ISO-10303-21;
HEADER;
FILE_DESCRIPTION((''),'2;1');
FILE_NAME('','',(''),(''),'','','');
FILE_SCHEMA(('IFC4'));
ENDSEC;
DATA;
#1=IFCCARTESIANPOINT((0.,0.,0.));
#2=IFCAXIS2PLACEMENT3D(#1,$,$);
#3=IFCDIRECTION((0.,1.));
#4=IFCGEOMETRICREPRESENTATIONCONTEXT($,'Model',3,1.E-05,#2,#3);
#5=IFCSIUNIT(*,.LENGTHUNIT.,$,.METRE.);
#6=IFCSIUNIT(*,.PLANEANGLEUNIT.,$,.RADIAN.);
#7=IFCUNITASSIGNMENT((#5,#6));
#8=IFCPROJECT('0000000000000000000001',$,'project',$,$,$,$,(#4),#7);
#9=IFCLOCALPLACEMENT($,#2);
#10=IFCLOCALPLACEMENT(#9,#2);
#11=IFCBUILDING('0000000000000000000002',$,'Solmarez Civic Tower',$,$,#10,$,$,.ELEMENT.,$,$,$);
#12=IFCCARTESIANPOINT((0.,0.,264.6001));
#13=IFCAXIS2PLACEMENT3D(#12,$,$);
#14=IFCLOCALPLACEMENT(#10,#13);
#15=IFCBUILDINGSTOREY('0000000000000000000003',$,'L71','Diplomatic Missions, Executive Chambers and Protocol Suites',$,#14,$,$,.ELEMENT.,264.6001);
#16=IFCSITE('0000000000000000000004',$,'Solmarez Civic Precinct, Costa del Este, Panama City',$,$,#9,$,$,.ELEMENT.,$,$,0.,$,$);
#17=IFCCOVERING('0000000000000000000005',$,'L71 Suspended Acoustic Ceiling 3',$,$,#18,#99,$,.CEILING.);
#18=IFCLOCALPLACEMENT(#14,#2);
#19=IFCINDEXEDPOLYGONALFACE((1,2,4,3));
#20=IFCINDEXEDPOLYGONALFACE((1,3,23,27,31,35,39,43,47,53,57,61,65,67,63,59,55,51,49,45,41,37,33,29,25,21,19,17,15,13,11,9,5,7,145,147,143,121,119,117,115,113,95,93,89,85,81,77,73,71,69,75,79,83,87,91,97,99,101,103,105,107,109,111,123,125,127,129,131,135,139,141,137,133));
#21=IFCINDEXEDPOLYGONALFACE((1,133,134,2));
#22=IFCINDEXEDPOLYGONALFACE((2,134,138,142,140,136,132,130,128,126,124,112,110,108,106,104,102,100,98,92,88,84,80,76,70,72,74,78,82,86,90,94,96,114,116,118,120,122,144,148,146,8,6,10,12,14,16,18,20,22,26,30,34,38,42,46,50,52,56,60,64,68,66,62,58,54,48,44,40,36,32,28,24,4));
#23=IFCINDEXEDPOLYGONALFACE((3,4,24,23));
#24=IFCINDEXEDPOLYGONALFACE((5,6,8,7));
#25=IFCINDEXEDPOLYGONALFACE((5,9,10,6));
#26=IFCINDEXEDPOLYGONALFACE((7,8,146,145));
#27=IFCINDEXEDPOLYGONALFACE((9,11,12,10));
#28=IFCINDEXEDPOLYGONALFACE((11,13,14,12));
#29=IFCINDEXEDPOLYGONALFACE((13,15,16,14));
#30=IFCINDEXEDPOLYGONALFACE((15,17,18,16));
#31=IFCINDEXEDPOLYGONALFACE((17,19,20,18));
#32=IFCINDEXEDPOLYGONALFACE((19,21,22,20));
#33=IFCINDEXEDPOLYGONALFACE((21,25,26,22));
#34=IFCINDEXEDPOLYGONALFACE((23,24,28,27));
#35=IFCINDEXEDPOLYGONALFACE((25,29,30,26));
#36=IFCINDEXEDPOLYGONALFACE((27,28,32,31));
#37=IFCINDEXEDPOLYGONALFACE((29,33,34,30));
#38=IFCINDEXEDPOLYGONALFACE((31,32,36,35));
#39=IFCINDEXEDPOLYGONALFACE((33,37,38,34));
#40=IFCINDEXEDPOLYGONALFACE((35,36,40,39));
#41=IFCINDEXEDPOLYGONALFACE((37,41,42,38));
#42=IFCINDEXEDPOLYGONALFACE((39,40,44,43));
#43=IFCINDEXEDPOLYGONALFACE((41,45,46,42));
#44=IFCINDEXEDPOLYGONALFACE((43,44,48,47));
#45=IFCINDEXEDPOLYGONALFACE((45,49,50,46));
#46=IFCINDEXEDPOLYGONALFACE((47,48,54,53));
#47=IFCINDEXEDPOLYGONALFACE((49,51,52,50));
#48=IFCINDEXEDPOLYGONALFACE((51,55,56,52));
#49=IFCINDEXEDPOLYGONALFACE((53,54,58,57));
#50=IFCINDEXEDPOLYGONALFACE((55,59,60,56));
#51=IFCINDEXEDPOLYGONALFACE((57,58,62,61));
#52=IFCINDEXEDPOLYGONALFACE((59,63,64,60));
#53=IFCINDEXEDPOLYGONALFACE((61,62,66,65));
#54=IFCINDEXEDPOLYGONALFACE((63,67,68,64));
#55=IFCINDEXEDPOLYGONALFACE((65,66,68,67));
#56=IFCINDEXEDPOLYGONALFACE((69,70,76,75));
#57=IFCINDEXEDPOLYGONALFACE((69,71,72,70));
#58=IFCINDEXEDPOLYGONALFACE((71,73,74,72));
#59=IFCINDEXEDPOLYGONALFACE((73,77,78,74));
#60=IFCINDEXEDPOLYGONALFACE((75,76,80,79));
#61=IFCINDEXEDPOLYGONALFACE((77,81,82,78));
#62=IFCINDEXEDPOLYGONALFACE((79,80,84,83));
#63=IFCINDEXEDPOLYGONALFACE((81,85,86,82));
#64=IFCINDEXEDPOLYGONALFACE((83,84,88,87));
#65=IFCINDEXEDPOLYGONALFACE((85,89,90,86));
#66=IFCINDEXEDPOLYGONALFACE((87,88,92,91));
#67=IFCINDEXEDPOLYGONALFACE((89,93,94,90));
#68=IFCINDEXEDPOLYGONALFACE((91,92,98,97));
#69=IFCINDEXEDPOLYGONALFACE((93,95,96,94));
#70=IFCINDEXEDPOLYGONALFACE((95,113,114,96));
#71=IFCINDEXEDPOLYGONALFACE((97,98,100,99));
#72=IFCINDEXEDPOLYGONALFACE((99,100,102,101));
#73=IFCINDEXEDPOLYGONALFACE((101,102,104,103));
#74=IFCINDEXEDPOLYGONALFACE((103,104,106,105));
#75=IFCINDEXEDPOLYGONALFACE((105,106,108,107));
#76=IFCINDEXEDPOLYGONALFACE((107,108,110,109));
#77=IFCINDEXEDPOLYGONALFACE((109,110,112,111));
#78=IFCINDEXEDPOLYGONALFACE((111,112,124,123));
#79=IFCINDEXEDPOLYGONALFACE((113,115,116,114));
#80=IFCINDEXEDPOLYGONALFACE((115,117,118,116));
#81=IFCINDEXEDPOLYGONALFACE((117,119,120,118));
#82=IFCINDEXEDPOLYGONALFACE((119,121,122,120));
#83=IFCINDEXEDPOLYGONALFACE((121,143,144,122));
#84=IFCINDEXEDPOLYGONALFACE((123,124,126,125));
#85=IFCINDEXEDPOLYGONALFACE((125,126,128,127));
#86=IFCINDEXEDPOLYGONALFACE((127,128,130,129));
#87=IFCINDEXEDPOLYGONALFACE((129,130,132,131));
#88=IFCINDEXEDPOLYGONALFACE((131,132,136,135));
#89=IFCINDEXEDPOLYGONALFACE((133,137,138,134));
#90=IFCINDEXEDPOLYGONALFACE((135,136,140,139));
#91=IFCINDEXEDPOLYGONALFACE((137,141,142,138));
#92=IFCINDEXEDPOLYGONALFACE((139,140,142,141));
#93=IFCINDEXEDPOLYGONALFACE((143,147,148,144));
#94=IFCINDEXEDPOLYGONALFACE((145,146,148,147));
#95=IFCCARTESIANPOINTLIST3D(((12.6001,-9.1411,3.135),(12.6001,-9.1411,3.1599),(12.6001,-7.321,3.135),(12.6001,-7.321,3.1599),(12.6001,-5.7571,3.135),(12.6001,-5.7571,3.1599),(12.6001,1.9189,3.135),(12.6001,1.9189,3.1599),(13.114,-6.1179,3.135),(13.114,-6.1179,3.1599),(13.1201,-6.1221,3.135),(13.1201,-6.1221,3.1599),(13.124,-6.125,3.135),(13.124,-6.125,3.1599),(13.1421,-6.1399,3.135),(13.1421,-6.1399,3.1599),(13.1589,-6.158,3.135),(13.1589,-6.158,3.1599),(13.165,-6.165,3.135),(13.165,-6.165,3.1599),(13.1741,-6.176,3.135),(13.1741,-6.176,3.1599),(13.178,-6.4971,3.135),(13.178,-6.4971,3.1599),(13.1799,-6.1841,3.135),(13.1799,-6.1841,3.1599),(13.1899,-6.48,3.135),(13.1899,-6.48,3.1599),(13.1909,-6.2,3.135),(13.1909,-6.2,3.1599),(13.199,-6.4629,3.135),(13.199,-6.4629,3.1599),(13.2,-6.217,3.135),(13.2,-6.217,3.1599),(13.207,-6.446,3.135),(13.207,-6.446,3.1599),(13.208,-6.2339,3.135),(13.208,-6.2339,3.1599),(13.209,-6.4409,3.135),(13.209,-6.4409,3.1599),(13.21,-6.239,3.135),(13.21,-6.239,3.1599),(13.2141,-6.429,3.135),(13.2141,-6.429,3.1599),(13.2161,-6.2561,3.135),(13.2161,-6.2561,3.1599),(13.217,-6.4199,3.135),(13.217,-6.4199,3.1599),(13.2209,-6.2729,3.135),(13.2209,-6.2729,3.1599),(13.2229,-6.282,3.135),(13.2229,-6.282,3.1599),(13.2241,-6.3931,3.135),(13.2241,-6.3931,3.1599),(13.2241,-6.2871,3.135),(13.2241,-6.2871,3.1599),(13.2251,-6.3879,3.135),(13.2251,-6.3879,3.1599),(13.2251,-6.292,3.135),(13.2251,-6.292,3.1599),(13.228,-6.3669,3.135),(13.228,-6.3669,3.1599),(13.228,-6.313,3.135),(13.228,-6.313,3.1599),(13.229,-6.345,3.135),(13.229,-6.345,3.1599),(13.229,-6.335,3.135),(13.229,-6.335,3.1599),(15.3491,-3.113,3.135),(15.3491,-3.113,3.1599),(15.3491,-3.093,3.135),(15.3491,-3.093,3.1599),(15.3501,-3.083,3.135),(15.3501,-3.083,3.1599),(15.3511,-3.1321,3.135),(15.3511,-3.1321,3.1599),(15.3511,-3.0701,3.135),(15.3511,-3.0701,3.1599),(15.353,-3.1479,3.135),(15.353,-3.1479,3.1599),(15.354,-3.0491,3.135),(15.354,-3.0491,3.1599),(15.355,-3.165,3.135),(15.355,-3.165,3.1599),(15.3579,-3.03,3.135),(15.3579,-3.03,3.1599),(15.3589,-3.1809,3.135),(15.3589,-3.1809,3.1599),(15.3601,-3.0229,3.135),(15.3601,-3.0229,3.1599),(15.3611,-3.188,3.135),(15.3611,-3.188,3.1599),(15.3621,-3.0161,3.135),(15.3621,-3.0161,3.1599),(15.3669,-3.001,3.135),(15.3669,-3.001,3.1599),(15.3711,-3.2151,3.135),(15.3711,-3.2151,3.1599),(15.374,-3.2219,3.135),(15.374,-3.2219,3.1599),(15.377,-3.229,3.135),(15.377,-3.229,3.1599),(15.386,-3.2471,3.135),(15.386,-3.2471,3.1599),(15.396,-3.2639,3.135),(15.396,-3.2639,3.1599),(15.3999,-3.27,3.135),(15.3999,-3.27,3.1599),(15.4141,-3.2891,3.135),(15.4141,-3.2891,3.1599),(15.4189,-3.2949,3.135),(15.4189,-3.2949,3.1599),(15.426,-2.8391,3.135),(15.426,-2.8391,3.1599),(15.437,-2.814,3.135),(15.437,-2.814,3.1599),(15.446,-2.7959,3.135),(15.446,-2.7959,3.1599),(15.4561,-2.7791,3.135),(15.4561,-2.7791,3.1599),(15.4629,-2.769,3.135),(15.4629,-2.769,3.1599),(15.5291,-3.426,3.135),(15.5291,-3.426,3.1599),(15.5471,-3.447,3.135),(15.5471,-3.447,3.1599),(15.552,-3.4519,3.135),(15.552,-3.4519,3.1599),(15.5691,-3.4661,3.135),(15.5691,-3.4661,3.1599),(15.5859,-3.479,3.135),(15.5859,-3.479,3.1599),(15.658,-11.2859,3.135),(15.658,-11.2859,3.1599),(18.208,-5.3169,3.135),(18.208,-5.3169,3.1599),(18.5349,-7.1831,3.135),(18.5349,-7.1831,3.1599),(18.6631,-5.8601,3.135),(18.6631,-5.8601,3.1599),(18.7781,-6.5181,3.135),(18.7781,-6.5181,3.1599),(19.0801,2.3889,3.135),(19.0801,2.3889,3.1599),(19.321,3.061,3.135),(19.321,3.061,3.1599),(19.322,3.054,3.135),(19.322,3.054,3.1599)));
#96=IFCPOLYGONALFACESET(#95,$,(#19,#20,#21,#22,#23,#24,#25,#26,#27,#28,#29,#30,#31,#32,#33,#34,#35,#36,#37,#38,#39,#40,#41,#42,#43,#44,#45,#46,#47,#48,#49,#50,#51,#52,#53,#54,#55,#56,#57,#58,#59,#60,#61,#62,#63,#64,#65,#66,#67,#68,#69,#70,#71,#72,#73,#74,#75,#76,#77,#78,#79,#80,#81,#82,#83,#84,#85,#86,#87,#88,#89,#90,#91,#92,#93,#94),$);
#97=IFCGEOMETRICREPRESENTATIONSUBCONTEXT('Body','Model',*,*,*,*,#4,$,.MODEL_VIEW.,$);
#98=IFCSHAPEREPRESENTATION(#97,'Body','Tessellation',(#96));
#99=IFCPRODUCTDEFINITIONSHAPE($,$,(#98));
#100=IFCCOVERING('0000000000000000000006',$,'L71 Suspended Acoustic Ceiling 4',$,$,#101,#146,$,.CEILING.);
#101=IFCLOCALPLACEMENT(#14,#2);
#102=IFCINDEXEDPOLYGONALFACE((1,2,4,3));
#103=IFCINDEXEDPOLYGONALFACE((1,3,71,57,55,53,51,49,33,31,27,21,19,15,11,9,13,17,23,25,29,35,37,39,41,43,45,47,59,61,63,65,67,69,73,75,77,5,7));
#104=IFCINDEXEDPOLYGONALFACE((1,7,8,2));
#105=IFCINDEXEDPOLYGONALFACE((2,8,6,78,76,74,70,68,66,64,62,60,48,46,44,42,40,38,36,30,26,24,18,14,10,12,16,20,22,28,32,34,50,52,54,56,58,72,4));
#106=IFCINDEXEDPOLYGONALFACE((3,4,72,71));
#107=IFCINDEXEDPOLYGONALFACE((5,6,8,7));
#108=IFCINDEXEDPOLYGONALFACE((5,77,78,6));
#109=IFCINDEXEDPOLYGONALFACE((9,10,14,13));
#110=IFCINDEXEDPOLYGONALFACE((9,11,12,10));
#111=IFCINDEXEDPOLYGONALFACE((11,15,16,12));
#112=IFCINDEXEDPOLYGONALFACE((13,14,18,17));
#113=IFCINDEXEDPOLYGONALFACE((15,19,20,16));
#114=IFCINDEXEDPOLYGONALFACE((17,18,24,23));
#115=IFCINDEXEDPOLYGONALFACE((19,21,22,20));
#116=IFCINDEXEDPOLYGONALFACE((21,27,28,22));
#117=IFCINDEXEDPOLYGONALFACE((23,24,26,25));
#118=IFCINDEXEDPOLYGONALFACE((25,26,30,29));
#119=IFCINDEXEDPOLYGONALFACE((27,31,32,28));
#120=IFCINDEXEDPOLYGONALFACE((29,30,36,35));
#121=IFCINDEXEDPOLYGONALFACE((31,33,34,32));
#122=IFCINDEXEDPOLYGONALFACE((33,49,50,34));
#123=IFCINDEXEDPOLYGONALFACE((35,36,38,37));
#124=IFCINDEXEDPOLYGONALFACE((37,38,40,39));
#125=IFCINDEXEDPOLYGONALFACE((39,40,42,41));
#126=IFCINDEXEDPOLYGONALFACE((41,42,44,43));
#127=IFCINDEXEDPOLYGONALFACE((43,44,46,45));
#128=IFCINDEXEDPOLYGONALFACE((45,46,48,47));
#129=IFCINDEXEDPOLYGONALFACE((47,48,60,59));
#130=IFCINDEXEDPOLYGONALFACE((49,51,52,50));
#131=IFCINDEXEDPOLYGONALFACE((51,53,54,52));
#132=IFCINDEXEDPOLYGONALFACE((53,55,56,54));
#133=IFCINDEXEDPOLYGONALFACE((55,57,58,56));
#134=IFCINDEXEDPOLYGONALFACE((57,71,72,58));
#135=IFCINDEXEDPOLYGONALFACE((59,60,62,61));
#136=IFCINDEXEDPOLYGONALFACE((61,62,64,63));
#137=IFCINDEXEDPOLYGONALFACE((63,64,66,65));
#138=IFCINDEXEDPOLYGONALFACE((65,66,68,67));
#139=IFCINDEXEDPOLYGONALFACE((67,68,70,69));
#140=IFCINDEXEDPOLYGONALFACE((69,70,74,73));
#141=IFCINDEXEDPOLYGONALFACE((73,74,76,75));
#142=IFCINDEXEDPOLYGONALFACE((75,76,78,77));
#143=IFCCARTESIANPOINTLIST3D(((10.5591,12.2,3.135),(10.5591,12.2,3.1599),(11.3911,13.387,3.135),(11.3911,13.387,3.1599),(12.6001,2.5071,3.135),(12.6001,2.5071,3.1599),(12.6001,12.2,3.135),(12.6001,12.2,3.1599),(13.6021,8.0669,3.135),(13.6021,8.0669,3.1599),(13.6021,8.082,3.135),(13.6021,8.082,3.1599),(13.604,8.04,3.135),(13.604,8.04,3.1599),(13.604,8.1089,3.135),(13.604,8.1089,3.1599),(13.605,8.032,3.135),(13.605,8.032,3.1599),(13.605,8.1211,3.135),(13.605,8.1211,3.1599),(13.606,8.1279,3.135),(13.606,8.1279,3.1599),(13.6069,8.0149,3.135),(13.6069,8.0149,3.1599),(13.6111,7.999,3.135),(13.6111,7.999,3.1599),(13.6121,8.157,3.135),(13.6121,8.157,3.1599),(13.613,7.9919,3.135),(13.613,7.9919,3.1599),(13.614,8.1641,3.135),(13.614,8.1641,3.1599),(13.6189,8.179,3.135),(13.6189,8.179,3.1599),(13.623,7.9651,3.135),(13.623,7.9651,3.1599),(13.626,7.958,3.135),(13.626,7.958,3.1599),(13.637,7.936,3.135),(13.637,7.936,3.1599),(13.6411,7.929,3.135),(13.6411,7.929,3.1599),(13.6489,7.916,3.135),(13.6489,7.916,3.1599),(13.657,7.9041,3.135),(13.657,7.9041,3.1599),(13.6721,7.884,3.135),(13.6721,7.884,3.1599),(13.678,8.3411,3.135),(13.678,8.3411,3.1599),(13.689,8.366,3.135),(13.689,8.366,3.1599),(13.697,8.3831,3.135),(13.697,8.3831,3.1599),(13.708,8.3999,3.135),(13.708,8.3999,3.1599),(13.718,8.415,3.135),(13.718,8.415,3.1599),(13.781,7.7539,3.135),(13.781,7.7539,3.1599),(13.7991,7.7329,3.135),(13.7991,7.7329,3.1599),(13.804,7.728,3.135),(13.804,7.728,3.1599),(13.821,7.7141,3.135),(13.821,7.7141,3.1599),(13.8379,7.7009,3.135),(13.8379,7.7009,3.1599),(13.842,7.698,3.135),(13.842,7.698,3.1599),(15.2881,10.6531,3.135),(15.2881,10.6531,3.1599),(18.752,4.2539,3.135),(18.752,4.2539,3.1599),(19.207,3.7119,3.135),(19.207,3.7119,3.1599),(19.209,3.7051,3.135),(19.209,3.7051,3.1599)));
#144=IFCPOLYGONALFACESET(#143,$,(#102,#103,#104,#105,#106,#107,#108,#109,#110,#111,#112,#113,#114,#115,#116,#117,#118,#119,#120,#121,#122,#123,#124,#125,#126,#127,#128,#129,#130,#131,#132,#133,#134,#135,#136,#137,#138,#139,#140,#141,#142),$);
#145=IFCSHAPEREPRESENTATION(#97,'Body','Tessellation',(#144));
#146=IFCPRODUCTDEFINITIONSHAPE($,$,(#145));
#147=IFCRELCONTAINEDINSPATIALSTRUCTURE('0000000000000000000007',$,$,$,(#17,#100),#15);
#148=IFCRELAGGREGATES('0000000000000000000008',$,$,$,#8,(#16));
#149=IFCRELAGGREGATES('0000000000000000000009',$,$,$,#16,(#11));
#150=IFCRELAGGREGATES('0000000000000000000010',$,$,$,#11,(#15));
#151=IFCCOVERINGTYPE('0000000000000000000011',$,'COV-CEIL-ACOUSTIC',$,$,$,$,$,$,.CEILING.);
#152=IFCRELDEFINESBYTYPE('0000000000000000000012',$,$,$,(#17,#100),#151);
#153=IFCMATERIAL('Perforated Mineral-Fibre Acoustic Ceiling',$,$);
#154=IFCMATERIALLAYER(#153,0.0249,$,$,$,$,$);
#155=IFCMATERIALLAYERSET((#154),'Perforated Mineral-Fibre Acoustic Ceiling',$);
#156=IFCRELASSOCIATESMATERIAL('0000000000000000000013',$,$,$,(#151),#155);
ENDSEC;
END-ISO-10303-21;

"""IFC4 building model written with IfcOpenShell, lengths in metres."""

from ifc_helpers import new_model, si_unit, direction, frame, origin, place, context, subcontext, project, spatial, polyline, outline, extrude, material, layer, layer_set, type_object, element, save


model = new_model("IFC4")

# Units and contexts
model_context = context("Model", 3, precision=1e-05, world=origin(), true_north=direction((0.0, 1.0)))
body_context = subcontext(model_context, "Body", "Model", "MODEL_VIEW")
ifc_project = project(units=[si_unit("LENGTHUNIT", "METRE"), si_unit("PLANEANGLEUNIT", "RADIAN")], contexts=[model_context])

# Site, building, storey
site_placement = place(None, origin())
site = spatial("IfcSite", under=ifc_project, at=site_placement, Name="Solmarez Civic Precinct, Costa del Este, Panama City", CompositionType="ELEMENT", RefElevation=0.0)
building_placement = place(site_placement, origin())
building = spatial("IfcBuilding", under=site, at=building_placement, Name="Solmarez Civic Tower", CompositionType="ELEMENT")
storey_placement = place(building_placement, frame((0.0, 0.0, 264.6001)))
storey = spatial("IfcBuildingStorey", under=building, at=storey_placement, Name="L71", Description="Diplomatic Missions, Executive Chambers and Protocol Suites", CompositionType="ELEMENT", Elevation=264.6001)

# Coverings
ifc_material_1 = material(Name="Perforated Mineral-Fibre Acoustic Ceiling")
ifc_layer_1 = layer(ifc_material_1, 0.0249)
ifc_layer_set_1 = layer_set([ifc_layer_1], Name="Perforated Mineral-Fibre Acoustic Ceiling")
covering_type_1 = type_object("IfcCoveringType", Name="COV-CEIL-ACOUSTIC", PredefinedType="CEILING", material=ifc_layer_set_1)
covering_1_placement = place(storey_placement, frame((0.0, 0.0, 3.135)))
element("IfcCovering", 1, at=covering_1_placement, inside=storey, type_object=covering_type_1, Name="L71 Suspended Acoustic Ceiling 3", PredefinedType="CEILING", context=body_context, shape_type="SweptSolid", body=[
    extrude(outline(polyline([(12.6001, 1.9189), (12.6001, -5.7571), (13.114, -6.1179), (13.1201, -6.1221), (13.124, -6.125), (13.1421, -6.1399), (13.1589, -6.158), (13.165, -6.165), (13.1741, -6.176), (13.1799, -6.1841), (13.1909, -6.2), (13.2, -6.217), (13.208, -6.2339), (13.21, -6.239), (13.2161, -6.2561), (13.2209, -6.2729), (13.2229, -6.282), (13.2241, -6.2871), (13.2251, -6.292), (13.228, -6.313), (13.229, -6.335), (13.229, -6.345), (13.228, -6.3669), (13.2251, -6.3879), (13.2241, -6.3931), (13.217, -6.4199), (13.2141, -6.429), (13.209, -6.4409), (13.207, -6.446), (13.199, -6.4629), (13.1899, -6.48), (13.178, -6.4971), (12.6001, -7.321), (12.6001, -9.1411), (15.658, -11.2859), (18.5349, -7.1831), (18.7781, -6.5181), (18.6631, -5.8601), (18.208, -5.3169), (15.5859, -3.479), (15.5691, -3.4661), (15.552, -3.4519), (15.5471, -3.447), (15.5291, -3.426), (15.4189, -3.2949), (15.4141, -3.2891), (15.3999, -3.27), (15.396, -3.2639), (15.386, -3.2471), (15.377, -3.229), (15.374, -3.2219), (15.3711, -3.2151), (15.3611, -3.188), (15.3589, -3.1809), (15.355, -3.165), (15.353, -3.1479), (15.3511, -3.1321), (15.3491, -3.113), (15.3491, -3.093), (15.3501, -3.083), (15.3511, -3.0701), (15.354, -3.0491), (15.3579, -3.03), (15.3601, -3.0229), (15.3621, -3.0161), (15.3669, -3.001), (15.426, -2.8391), (15.437, -2.814), (15.446, -2.7959), (15.4561, -2.7791), (15.4629, -2.769), (19.0801, 2.3889), (19.322, 3.054), (19.321, 3.061), (12.6001, 1.9189)])), origin(), (0.0, 0.0, 1.0), 0.0249),
])
covering_2_placement = place(storey_placement, frame((0.0, 0.0, 3.135)))
element("IfcCovering", 2, at=covering_2_placement, inside=storey, type_object=covering_type_1, Name="L71 Suspended Acoustic Ceiling 4", PredefinedType="CEILING", context=body_context, shape_type="SweptSolid", body=[
    extrude(outline(polyline([(10.5591, 12.2), (12.6001, 12.2), (12.6001, 2.5071), (19.209, 3.7051), (19.207, 3.7119), (18.752, 4.2539), (13.842, 7.698), (13.8379, 7.7009), (13.821, 7.7141), (13.804, 7.728), (13.7991, 7.7329), (13.781, 7.7539), (13.6721, 7.884), (13.657, 7.9041), (13.6489, 7.916), (13.6411, 7.929), (13.637, 7.936), (13.626, 7.958), (13.623, 7.9651), (13.613, 7.9919), (13.6111, 7.999), (13.6069, 8.0149), (13.605, 8.032), (13.604, 8.04), (13.6021, 8.0669), (13.6021, 8.082), (13.604, 8.1089), (13.605, 8.1211), (13.606, 8.1279), (13.6121, 8.157), (13.614, 8.1641), (13.6189, 8.179), (13.678, 8.3411), (13.689, 8.366), (13.697, 8.3831), (13.708, 8.3999), (13.718, 8.415), (15.2881, 10.6531), (11.3911, 13.387), (10.5591, 12.2)])), origin(), (0.0, 0.0, 1.0), 0.0249),
])

save(model, "model.ifc")
